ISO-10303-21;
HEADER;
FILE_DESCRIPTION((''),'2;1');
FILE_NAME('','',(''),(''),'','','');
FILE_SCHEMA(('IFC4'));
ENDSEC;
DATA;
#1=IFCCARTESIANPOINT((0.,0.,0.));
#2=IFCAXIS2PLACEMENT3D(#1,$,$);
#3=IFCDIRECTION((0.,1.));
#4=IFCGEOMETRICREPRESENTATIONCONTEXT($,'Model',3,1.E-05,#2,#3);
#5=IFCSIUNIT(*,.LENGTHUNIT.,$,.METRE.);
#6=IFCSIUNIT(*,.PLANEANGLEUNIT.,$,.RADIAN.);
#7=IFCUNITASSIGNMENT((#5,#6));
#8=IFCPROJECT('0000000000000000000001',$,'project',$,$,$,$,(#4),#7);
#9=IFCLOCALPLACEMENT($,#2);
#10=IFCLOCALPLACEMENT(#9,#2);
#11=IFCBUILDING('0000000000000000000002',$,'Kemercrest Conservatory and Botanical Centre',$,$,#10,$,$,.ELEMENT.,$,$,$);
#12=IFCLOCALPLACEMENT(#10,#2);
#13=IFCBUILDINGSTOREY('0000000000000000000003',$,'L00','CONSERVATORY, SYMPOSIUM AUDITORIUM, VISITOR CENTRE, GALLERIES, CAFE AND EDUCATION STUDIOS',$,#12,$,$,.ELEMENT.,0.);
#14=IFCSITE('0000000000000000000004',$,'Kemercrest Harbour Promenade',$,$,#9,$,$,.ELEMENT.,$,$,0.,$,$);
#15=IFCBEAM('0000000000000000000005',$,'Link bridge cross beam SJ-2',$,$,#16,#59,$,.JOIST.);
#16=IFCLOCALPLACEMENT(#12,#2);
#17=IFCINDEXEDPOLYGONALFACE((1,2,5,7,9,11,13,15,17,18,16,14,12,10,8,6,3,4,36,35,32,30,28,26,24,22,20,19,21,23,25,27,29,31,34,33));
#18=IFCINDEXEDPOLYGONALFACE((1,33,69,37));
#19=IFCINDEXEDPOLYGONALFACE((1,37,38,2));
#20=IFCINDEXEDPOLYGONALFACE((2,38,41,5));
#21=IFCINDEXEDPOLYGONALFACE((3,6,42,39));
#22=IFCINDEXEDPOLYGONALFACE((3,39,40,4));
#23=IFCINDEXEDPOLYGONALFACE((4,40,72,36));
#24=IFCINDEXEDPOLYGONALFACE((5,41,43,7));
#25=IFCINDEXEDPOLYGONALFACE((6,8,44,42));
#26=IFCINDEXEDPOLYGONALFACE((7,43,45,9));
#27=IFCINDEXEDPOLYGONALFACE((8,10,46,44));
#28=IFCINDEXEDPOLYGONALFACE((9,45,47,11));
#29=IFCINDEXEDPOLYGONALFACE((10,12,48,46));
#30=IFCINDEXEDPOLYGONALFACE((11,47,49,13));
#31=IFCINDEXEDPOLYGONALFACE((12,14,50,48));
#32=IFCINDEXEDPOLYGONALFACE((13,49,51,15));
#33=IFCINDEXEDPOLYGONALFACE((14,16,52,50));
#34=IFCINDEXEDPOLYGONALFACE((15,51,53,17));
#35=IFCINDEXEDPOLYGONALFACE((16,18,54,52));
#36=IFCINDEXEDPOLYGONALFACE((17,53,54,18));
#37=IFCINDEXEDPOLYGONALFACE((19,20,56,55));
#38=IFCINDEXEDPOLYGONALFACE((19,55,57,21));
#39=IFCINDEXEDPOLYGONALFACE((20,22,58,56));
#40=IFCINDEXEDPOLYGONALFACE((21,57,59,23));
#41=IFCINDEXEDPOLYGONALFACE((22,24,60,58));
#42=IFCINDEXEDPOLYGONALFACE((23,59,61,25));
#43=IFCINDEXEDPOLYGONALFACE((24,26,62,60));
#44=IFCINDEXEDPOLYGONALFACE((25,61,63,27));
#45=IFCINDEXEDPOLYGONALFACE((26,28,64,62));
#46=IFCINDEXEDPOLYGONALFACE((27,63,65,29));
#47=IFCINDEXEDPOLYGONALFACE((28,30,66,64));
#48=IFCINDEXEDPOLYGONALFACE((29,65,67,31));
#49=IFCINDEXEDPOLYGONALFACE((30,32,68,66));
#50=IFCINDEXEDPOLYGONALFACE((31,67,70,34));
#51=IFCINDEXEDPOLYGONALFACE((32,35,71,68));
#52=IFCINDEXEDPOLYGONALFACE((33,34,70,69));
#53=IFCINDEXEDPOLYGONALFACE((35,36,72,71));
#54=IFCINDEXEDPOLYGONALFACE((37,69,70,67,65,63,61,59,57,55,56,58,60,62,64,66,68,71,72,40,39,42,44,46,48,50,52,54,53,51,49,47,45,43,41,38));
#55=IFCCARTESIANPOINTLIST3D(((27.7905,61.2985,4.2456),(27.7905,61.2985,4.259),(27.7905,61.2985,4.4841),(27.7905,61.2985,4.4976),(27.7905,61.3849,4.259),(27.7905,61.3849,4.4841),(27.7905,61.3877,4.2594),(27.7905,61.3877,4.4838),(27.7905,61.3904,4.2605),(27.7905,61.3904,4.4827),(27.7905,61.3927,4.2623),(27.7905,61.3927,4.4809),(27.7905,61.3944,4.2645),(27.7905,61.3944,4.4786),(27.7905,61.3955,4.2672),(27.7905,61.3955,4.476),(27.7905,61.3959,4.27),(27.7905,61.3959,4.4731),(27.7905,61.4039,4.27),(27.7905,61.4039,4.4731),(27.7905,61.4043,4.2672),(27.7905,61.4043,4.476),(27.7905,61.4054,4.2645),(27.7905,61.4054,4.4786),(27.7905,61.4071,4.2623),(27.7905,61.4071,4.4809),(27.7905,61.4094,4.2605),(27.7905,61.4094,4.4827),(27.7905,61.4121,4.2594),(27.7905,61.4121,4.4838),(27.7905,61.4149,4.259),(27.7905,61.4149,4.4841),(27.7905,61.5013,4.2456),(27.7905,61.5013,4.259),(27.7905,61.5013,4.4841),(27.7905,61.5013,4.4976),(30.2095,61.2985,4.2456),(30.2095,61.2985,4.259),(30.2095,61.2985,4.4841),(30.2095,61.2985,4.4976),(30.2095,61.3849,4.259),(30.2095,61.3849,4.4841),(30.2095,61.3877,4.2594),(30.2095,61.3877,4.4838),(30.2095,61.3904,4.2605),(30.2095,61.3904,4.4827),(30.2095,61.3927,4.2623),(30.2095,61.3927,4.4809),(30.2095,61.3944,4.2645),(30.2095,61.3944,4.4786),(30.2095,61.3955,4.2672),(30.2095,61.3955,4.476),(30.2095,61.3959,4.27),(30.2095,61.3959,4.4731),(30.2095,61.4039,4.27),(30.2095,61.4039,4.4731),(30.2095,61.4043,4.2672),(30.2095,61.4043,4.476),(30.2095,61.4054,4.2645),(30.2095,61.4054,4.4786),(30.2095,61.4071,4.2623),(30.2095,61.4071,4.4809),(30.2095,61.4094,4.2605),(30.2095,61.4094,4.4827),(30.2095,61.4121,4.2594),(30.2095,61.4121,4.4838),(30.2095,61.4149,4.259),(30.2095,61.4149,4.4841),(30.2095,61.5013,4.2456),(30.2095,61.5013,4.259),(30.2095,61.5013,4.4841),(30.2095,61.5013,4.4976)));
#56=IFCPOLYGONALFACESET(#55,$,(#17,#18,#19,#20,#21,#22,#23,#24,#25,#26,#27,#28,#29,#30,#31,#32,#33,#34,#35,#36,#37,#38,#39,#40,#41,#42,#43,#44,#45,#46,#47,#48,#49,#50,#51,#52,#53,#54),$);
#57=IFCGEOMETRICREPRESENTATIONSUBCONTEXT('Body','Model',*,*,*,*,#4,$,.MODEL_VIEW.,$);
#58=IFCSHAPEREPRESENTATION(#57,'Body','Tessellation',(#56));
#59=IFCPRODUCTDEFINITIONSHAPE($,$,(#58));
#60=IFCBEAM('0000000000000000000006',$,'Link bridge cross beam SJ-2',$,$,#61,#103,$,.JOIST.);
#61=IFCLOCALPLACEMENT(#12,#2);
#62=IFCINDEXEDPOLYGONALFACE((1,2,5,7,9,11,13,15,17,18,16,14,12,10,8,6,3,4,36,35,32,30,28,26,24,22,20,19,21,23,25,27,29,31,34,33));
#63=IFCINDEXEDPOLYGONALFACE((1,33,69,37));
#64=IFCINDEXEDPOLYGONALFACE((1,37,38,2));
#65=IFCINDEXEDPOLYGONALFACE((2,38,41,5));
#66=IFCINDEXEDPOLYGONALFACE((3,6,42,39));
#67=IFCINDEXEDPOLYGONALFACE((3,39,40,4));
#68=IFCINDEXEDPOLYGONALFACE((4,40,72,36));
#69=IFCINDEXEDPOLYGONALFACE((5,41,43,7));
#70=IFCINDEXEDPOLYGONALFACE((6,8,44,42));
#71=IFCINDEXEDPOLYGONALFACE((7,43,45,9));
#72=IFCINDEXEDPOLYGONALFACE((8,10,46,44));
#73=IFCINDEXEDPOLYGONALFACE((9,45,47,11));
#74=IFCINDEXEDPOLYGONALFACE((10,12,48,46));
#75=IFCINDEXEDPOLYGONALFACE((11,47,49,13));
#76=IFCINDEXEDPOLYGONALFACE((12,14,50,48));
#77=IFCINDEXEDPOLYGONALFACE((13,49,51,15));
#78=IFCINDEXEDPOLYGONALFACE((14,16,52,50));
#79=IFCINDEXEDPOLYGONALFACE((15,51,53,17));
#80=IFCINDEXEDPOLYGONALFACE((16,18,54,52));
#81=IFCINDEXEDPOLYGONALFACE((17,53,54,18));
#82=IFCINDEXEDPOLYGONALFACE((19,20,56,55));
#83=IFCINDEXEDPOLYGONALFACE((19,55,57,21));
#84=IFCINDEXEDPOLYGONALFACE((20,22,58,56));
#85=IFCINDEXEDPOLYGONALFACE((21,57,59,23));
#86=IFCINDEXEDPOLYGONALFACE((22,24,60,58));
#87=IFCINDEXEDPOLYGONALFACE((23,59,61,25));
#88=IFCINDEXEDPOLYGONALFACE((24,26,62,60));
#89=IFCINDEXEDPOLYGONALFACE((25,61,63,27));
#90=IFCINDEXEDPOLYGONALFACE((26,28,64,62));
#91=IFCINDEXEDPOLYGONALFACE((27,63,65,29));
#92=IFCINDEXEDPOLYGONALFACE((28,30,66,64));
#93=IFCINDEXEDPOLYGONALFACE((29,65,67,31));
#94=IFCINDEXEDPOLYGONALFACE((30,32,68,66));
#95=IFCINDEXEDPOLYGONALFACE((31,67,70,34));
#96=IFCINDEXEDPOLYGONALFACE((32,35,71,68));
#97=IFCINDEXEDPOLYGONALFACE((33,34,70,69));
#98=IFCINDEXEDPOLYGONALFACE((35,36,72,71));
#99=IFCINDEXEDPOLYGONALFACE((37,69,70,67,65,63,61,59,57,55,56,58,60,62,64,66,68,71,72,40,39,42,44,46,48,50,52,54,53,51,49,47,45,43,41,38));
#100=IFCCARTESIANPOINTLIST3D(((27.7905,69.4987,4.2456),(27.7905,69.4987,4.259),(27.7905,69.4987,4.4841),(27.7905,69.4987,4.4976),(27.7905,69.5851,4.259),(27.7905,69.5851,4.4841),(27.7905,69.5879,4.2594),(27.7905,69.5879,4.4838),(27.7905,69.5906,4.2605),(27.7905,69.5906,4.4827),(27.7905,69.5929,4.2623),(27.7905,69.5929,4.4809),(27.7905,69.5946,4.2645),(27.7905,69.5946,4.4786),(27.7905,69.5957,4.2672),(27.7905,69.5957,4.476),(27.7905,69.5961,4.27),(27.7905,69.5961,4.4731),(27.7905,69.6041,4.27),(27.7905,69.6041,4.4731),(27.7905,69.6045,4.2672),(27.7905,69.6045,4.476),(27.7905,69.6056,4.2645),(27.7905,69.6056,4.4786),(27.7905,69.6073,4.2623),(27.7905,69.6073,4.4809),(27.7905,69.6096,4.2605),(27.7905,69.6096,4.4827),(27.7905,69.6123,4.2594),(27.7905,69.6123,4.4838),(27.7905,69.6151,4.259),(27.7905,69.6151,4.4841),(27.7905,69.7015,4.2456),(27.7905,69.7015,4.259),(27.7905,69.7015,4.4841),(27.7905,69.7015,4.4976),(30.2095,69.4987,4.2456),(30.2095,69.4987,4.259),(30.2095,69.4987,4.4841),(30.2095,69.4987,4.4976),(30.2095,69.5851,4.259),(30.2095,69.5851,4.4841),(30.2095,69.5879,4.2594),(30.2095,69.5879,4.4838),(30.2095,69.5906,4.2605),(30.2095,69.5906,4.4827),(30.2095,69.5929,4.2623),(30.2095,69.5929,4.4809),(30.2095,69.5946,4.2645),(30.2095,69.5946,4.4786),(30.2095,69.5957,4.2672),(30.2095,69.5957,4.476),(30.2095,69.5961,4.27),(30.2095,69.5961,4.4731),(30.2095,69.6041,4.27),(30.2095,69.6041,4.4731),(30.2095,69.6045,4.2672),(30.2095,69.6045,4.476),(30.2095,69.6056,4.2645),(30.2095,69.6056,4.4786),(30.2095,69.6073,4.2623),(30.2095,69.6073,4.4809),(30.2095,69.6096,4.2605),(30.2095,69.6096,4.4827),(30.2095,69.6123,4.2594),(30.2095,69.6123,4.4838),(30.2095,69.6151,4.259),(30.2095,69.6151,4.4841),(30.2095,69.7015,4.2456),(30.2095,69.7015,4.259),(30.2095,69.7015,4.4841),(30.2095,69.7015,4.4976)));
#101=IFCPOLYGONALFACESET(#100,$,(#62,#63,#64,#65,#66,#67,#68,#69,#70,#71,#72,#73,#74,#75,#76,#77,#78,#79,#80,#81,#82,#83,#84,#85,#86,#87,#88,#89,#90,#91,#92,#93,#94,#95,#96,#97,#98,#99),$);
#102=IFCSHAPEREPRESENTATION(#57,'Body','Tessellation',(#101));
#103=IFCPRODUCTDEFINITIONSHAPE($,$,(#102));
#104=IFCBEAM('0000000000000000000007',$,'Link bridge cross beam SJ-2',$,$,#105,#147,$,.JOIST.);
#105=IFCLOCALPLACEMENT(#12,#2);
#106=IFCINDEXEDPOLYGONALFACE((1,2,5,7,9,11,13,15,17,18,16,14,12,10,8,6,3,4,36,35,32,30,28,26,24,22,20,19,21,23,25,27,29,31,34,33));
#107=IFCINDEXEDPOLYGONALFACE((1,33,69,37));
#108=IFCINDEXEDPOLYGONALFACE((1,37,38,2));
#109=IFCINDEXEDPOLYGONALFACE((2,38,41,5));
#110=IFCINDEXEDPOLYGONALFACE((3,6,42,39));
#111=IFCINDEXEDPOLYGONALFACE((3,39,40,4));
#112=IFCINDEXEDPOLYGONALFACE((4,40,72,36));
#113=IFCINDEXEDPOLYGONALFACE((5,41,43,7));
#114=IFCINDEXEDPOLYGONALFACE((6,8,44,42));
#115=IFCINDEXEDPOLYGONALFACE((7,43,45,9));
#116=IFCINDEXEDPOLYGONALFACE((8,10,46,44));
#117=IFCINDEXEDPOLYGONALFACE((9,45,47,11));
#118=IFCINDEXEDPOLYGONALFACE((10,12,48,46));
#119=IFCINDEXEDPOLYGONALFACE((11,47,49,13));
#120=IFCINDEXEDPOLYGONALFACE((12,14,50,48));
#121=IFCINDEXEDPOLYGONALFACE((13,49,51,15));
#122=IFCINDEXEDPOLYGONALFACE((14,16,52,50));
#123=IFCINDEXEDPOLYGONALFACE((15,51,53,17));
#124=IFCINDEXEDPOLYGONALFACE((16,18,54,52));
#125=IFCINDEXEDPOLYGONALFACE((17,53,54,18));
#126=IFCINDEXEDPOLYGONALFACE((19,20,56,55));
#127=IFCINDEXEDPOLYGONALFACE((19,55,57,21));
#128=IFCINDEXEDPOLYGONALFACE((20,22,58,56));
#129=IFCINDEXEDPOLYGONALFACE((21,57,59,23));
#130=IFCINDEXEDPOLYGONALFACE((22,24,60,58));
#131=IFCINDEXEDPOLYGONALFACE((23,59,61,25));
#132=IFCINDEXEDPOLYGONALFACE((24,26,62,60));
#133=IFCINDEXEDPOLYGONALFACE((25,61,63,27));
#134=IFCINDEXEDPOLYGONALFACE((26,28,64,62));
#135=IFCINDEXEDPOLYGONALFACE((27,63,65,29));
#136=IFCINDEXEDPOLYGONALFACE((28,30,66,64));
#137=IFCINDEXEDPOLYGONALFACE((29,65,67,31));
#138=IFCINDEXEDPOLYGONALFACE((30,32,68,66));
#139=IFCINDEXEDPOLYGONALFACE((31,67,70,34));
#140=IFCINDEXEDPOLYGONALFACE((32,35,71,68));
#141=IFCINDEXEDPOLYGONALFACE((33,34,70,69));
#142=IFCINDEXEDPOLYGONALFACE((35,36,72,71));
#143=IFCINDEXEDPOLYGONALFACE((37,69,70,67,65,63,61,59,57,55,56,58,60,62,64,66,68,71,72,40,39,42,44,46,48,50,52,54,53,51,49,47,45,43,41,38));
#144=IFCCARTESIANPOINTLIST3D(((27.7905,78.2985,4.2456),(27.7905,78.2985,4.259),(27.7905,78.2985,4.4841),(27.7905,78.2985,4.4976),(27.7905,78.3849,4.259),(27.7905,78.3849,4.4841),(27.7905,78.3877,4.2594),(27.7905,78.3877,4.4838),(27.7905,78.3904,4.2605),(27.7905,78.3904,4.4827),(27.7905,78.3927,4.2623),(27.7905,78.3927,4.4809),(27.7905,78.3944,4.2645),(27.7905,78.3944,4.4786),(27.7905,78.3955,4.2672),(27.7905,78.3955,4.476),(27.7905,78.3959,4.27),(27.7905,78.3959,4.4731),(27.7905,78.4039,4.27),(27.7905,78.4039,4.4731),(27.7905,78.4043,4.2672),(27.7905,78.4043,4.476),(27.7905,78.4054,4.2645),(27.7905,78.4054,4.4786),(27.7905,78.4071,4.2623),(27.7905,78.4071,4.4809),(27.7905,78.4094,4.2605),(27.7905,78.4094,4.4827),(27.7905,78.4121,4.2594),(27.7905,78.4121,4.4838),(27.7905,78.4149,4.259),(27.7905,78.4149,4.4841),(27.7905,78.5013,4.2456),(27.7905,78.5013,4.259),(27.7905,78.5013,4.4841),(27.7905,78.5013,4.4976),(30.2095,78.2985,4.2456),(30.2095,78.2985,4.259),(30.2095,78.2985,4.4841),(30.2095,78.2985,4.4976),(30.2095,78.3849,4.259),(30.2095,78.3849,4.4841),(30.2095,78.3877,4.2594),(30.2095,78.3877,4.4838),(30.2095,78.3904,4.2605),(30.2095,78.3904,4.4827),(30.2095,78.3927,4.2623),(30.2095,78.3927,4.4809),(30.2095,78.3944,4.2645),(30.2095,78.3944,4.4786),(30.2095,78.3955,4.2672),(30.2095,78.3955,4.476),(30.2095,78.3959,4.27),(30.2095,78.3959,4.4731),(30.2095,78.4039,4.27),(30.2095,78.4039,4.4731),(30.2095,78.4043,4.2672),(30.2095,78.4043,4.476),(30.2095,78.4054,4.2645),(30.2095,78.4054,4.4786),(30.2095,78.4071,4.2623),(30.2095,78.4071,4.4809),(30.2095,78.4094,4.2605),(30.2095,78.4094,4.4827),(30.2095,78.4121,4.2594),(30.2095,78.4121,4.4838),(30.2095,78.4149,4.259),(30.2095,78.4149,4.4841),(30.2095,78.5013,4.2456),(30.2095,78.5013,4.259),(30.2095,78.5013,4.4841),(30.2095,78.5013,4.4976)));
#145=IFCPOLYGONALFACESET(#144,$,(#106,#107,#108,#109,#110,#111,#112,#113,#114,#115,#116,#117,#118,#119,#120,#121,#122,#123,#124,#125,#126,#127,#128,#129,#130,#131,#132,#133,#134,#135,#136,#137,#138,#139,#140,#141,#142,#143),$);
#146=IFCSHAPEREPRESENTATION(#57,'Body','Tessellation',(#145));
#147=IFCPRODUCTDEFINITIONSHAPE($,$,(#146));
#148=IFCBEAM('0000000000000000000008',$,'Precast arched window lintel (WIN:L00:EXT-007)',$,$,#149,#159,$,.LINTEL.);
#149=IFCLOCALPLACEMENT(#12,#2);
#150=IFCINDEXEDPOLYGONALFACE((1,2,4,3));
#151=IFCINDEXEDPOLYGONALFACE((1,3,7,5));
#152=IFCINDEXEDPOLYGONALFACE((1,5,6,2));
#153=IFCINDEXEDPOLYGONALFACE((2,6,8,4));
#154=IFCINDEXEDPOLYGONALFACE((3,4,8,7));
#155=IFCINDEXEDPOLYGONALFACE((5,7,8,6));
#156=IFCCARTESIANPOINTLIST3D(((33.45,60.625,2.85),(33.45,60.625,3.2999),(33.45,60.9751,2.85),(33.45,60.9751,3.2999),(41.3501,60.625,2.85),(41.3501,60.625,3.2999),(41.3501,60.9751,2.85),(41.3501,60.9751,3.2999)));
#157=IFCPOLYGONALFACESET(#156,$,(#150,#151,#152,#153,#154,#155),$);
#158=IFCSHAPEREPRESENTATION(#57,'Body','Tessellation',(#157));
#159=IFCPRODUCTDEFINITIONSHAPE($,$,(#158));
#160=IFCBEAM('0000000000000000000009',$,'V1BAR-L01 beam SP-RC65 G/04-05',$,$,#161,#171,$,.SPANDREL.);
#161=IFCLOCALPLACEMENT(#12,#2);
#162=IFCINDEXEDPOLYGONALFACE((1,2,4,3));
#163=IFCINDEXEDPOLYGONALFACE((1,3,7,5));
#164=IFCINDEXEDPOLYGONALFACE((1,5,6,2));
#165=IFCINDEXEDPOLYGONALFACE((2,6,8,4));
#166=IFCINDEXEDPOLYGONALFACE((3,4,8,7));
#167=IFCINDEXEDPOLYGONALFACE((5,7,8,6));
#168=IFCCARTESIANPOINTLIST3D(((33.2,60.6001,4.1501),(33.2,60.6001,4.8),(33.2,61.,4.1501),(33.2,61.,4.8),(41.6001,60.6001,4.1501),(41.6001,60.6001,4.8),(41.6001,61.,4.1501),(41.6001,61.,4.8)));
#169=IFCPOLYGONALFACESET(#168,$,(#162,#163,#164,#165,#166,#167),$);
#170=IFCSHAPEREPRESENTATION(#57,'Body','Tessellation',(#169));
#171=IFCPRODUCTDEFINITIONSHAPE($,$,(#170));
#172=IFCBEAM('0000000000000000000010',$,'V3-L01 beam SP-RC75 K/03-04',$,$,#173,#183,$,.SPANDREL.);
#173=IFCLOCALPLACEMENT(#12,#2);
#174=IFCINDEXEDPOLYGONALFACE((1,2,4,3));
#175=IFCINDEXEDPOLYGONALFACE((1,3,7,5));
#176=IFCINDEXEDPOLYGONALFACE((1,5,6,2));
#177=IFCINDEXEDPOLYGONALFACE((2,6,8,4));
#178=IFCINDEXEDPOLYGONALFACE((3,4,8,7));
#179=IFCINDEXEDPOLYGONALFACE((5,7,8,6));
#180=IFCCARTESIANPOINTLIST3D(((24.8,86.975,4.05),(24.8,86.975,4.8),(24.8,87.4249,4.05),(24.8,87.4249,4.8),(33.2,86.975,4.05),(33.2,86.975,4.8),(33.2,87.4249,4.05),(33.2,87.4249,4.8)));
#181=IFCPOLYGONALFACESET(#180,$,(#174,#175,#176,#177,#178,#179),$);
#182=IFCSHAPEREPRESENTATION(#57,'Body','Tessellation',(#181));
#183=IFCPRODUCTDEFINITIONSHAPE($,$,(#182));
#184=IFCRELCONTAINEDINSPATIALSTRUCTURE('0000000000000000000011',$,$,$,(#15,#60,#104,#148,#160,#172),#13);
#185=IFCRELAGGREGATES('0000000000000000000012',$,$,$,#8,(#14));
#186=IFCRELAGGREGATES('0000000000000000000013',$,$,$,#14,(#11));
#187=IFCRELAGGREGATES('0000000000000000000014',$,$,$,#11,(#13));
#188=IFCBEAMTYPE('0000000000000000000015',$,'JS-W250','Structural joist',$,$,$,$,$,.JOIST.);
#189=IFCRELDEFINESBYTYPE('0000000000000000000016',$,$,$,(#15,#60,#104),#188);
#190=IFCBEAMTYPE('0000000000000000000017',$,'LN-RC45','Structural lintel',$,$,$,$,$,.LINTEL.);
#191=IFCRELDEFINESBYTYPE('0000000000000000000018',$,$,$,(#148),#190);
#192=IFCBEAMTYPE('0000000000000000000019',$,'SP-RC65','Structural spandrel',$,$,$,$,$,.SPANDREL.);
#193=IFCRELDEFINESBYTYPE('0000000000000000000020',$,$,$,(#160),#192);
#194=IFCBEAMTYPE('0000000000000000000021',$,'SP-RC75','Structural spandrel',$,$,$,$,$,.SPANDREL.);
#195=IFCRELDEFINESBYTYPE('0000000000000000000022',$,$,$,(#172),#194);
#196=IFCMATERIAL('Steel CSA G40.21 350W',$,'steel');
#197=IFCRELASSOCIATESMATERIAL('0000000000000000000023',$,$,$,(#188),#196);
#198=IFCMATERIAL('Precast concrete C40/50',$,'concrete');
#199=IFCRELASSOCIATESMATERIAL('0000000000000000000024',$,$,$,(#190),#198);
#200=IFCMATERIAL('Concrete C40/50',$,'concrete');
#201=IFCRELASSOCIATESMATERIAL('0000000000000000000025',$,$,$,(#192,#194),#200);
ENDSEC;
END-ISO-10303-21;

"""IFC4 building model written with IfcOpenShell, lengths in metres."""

from ifc_helpers import new_model, si_unit, direction, frame, origin, origin_2d, place, context, subcontext, project, spatial, rectangle, i_section, extrude, material, material_profile, profile_set, type_object, element, save


model = new_model("IFC4")

# Units and contexts
model_context = context("Model", 3, precision=1e-05, world=origin(), true_north=direction((0.0, 1.0)))
body_context = subcontext(model_context, "Body", "Model", "MODEL_VIEW")
ifc_project = project(units=[si_unit("LENGTHUNIT", "METRE"), si_unit("PLANEANGLEUNIT", "RADIAN")], contexts=[model_context])

# Site, building, storey
site_placement = place(None, origin())
site = spatial("IfcSite", under=ifc_project, at=site_placement, Name="Kemercrest Harbour Promenade", CompositionType="ELEMENT", RefElevation=0.0)
building_placement = place(site_placement, origin())
building = spatial("IfcBuilding", under=site, at=building_placement, Name="Kemercrest Conservatory and Botanical Centre", CompositionType="ELEMENT")
storey_placement = place(building_placement, origin())
storey = spatial("IfcBuildingStorey", under=building, at=storey_placement, Name="L00", Description="CONSERVATORY, SYMPOSIUM AUDITORIUM, VISITOR CENTRE, GALLERIES, CAFE AND EDUCATION STUDIOS", CompositionType="ELEMENT", Elevation=0.0)

# Shared definitions
ifc_material_1 = material(Name="Concrete C40/50", Category="concrete")
ifc_material_2 = material(Name="Steel CSA G40.21 350W", Category="steel")

# Beams
ifc_material_profile_1 = material_profile(ifc_material_2, i_section(OverallWidth=0.2029, OverallDepth=0.252, WebThickness=0.0081, FlangeThickness=0.0134, FilletRadius=0.011, at=origin_2d()), Name="W250X58")
ifc_profile_set_1 = profile_set([ifc_material_profile_1], Name="Steel CSA G40.21 350W")
beam_type_1 = type_object("IfcBeamType", Name="JS-W250", Description="Structural joist", PredefinedType="JOIST", material=ifc_profile_set_1)
for number, where, z_axis, x_axis, name in (
    (1, (27.7905, 61.3999, 4.3716), (1.0, 0.0, 0.0), (0.0, 1.0, 0.0), "Link bridge cross beam SJ-2"),
    (2, (27.7905, 69.6001, 4.3716), (1.0, 0.0, 0.0), (0.0, 1.0, 0.0), "Link bridge cross beam SJ-2"),
    (3, (27.7905, 78.3999, 4.3716), (1.0, 0.0, 0.0), (0.0, 1.0, 0.0), "Link bridge cross beam SJ-2"),
):
    element("IfcBeam", number, at=place(storey_placement, frame(where, z_axis=z_axis, x_axis=x_axis)), inside=storey, type_object=beam_type_1, Name=name, PredefinedType="JOIST", context=body_context, shape_type="SweptSolid", body=[
        extrude(i_section(OverallWidth=0.2029, OverallDepth=0.252, WebThickness=0.0081, FlangeThickness=0.0134, FilletRadius=0.011, at=origin_2d()), origin(), (0.0, 0.0, 1.0), 2.4189),
    ])
ifc_material_3 = material(Name="Precast concrete C40/50", Category="concrete")
ifc_material_profile_2 = material_profile(ifc_material_3, rectangle(XDim=0.3501, YDim=0.45, at=origin_2d()), Name="RC 350x450")
ifc_profile_set_2 = profile_set([ifc_material_profile_2], Name="Precast concrete C40/50")
beam_type_2 = type_object("IfcBeamType", Name="LN-RC45", Description="Structural lintel", PredefinedType="LINTEL", material=ifc_profile_set_2)
beam_1_placement = place(storey_placement, frame((41.3501, 60.8, 3.075), z_axis=(-1.0, 0.0, 0.0), x_axis=(0.0, -1.0, 0.0)))
element("IfcBeam", 4, at=beam_1_placement, inside=storey, type_object=beam_type_2, Name="Precast arched window lintel (WIN:L00:EXT-007)", PredefinedType="LINTEL", context=body_context, shape_type="SweptSolid", body=[
    extrude(rectangle(XDim=0.3501, YDim=0.45, at=origin_2d()), origin(), (0.0, 0.0, 1.0), 7.9001),
])
ifc_material_profile_3 = material_profile(ifc_material_1, rectangle(XDim=0.3999, YDim=0.6499, at=origin_2d()), Name="RC 400x650")
ifc_profile_set_3 = profile_set([ifc_material_profile_3], Name="Concrete C40/50")
beam_type_3 = type_object("IfcBeamType", Name="SP-RC65", Description="Structural spandrel", PredefinedType="SPANDREL", material=ifc_profile_set_3)
beam_2_placement = place(storey_placement, frame((33.2, 60.8, 4.4751), z_axis=(1.0, 0.0, 0.0), x_axis=(0.0, 1.0, 0.0)))
element("IfcBeam", 5, at=beam_2_placement, inside=storey, type_object=beam_type_3, Name="V1BAR-L01 beam SP-RC65 G/04-05", PredefinedType="SPANDREL", context=body_context, shape_type="SweptSolid", body=[
    extrude(rectangle(XDim=0.3999, YDim=0.6499, at=origin_2d()), origin(), (0.0, 0.0, 1.0), 8.4001),
])
ifc_material_profile_4 = material_profile(ifc_material_1, rectangle(XDim=0.45, YDim=0.75, at=origin_2d()), Name="RC 450x750")
ifc_profile_set_4 = profile_set([ifc_material_profile_4], Name="Concrete C40/50")
beam_type_4 = type_object("IfcBeamType", Name="SP-RC75", Description="Structural spandrel", PredefinedType="SPANDREL", material=ifc_profile_set_4)
beam_3_placement = place(storey_placement, frame((24.8, 87.2, 4.425), z_axis=(1.0, 0.0, 0.0), x_axis=(0.0, 1.0, 0.0)))
element("IfcBeam", 6, at=beam_3_placement, inside=storey, type_object=beam_type_4, Name="V3-L01 beam SP-RC75 K/03-04", PredefinedType="SPANDREL", context=body_context, shape_type="SweptSolid", body=[
    extrude(rectangle(XDim=0.45, YDim=0.75, at=origin_2d()), origin(), (0.0, 0.0, 1.0), 8.3999),
])

save(model, "model.ifc")
